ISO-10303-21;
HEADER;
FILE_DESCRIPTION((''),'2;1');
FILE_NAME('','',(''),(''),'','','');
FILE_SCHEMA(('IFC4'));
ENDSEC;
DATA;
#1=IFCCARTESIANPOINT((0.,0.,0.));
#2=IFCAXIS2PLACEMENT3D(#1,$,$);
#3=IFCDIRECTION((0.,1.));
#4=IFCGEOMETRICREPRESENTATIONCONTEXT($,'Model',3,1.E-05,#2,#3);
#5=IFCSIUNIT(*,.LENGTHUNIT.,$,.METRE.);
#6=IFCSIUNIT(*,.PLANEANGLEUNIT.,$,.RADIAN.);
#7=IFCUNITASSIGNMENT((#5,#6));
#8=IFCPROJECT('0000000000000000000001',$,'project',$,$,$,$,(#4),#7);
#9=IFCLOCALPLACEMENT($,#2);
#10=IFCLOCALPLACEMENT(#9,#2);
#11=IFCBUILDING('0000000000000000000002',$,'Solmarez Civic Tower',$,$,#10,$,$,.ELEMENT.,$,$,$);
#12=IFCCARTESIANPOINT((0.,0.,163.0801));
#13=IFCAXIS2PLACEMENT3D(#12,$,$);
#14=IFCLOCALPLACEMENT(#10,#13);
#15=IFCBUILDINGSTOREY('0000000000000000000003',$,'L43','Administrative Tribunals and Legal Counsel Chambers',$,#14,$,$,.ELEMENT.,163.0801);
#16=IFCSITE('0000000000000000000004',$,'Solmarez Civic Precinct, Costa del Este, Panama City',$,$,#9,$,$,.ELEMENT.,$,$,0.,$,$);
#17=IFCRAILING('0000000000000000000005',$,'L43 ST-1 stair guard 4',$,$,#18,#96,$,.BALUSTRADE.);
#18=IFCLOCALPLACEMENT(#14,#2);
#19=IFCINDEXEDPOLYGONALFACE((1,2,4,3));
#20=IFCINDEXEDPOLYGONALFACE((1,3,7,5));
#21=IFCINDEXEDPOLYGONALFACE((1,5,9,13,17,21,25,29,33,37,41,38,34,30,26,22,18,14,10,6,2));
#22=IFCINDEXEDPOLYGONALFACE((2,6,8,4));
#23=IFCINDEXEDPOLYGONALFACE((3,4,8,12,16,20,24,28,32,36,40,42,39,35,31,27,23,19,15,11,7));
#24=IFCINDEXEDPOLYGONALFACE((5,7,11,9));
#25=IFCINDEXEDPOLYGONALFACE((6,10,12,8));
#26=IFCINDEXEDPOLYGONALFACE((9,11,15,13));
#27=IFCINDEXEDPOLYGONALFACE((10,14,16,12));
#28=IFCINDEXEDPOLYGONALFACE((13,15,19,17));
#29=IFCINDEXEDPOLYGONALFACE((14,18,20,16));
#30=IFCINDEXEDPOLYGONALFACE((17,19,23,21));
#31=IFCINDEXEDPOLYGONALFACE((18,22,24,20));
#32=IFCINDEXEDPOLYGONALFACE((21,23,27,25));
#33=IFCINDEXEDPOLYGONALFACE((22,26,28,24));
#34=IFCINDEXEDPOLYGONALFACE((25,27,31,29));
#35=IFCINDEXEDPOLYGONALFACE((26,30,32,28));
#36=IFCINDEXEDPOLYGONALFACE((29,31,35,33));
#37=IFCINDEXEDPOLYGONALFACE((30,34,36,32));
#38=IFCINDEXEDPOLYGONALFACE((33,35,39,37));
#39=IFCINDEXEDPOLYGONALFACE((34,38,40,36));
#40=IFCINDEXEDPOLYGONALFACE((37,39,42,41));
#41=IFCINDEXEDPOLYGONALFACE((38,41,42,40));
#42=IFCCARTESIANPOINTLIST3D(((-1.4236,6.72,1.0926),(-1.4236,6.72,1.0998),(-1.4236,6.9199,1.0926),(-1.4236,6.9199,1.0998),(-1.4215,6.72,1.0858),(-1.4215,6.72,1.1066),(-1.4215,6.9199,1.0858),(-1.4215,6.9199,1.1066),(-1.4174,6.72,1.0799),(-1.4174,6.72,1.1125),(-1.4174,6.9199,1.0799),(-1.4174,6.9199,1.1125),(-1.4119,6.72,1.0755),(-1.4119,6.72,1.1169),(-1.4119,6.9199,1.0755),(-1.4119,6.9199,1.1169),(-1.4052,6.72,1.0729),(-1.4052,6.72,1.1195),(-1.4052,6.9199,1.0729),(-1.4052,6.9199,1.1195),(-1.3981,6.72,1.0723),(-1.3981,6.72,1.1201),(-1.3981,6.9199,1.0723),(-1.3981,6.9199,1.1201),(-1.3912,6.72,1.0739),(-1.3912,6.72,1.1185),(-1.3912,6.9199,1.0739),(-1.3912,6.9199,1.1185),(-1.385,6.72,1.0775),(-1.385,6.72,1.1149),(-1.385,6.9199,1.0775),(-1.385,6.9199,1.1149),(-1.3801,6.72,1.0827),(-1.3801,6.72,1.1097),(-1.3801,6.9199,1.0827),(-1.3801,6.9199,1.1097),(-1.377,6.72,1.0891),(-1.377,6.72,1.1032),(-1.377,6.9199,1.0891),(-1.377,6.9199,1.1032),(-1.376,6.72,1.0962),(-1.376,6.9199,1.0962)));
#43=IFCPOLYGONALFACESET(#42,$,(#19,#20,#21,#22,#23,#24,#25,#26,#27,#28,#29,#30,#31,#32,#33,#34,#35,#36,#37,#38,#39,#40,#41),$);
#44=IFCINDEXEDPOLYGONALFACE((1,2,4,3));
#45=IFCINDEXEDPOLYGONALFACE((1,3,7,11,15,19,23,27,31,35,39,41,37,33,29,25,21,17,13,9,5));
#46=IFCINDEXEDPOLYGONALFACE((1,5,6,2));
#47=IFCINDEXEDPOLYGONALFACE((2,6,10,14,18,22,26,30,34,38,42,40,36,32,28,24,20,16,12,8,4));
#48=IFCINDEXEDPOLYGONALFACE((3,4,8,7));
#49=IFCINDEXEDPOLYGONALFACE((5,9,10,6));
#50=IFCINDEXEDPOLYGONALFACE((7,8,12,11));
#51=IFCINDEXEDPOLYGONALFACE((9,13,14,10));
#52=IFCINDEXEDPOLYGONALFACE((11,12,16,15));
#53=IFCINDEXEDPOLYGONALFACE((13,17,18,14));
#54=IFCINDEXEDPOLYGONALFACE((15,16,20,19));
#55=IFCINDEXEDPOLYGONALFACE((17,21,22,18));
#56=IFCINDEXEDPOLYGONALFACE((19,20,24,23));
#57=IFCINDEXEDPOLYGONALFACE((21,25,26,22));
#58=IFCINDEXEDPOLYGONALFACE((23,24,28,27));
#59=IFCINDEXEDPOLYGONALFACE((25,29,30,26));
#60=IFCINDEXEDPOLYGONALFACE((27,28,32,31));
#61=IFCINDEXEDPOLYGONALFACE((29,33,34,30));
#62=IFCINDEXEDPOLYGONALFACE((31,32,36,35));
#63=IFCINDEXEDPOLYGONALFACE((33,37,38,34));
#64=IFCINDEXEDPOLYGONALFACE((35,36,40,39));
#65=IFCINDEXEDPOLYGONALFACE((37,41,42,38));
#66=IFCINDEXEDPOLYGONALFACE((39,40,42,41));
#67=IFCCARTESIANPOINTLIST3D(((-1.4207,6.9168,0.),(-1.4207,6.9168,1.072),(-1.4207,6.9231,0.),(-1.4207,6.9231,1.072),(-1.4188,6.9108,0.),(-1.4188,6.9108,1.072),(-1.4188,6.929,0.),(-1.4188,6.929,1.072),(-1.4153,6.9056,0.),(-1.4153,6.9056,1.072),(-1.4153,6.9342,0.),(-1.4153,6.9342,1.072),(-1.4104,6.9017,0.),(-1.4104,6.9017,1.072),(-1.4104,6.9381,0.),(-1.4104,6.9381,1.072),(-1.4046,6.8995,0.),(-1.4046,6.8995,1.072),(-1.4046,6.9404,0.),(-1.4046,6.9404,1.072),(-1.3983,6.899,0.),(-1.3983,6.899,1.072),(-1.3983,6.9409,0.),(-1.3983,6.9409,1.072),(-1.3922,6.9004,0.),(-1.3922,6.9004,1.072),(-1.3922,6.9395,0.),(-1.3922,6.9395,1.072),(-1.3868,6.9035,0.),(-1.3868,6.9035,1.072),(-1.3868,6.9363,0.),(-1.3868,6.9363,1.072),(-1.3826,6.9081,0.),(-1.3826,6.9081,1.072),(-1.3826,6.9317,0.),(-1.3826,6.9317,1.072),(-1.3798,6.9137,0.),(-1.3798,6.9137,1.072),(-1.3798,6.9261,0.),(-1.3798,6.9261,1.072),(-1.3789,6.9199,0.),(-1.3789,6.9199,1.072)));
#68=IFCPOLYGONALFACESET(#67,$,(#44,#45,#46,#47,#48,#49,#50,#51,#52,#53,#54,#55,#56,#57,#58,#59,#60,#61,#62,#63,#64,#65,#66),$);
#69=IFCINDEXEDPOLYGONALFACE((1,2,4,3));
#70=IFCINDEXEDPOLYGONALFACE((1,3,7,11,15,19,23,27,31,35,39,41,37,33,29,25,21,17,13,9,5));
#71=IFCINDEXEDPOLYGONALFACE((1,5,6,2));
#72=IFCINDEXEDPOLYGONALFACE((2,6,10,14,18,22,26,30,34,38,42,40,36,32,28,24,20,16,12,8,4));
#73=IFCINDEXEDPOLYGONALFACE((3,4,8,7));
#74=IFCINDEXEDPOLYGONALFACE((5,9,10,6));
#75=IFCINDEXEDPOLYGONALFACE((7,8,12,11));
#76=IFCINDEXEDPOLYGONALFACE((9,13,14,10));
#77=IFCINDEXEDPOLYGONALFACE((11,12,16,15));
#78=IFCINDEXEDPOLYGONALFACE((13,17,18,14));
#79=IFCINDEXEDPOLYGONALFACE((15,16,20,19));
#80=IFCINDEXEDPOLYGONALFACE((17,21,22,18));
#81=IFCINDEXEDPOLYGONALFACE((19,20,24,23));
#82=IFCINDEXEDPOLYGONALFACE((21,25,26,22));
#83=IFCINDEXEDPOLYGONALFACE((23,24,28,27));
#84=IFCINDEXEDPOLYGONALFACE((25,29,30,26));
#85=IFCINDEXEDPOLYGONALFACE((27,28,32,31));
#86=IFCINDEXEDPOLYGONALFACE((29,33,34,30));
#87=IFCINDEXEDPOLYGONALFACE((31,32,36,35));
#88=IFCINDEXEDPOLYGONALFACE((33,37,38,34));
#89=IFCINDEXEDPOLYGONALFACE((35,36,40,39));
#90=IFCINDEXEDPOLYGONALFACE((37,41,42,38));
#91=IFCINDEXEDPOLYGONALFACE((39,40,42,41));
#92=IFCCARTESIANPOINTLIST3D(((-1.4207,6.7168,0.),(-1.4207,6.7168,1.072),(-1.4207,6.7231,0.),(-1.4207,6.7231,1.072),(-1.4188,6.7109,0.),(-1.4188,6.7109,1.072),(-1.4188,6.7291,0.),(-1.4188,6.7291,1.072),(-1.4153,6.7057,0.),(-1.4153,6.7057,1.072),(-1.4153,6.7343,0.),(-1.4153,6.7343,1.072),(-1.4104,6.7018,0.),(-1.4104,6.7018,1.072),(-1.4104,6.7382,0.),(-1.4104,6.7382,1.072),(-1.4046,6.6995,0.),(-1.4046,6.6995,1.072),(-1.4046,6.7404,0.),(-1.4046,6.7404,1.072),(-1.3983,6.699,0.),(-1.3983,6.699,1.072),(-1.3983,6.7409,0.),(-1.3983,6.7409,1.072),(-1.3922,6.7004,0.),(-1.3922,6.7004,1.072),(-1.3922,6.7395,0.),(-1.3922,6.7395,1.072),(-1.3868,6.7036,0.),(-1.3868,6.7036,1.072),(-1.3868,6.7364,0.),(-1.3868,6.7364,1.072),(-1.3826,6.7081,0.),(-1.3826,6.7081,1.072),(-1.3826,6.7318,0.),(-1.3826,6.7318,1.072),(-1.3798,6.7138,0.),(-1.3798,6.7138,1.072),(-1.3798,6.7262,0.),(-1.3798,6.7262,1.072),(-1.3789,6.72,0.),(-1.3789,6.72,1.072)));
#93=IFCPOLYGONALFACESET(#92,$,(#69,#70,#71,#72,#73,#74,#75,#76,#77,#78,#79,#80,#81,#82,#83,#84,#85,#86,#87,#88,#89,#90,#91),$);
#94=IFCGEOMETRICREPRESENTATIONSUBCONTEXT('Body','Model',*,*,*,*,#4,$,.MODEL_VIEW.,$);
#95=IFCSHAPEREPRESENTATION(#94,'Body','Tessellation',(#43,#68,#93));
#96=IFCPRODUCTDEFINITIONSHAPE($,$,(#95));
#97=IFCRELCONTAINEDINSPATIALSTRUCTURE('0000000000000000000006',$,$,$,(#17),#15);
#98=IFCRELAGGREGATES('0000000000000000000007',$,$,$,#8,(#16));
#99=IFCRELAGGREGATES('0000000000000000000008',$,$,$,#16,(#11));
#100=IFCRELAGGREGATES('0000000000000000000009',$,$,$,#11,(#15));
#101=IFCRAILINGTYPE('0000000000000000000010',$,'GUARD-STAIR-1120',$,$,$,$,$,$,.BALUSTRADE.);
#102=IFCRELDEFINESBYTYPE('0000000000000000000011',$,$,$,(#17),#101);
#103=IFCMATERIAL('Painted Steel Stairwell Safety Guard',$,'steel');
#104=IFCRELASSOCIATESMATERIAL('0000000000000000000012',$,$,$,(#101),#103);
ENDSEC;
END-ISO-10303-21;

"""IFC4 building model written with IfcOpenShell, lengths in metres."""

from ifc_helpers import new_model, si_unit, direction, frame, origin, origin_2d, place, context, subcontext, project, spatial, circle, extrude, material, type_object, element, save


model = new_model("IFC4")

# Units and contexts
model_context = context("Model", 3, precision=1e-05, world=origin(), true_north=direction((0.0, 1.0)))
body_context = subcontext(model_context, "Body", "Model", "MODEL_VIEW")
ifc_project = project(units=[si_unit("LENGTHUNIT", "METRE"), si_unit("PLANEANGLEUNIT", "RADIAN")], contexts=[model_context])

# Site, building, storey
site_placement = place(None, origin())
site = spatial("IfcSite", under=ifc_project, at=site_placement, Name="Solmarez Civic Precinct, Costa del Este, Panama City", CompositionType="ELEMENT", RefElevation=0.0)
building_placement = place(site_placement, origin())
building = spatial("IfcBuilding", under=site, at=building_placement, Name="Solmarez Civic Tower", CompositionType="ELEMENT")
storey_placement = place(building_placement, frame((0.0, 0.0, 163.0801)))
storey = spatial("IfcBuildingStorey", under=building, at=storey_placement, Name="L43", Description="Administrative Tribunals and Legal Counsel Chambers", CompositionType="ELEMENT", Elevation=163.0801)

# Railing
ifc_material_1 = material(Name="Painted Steel Stairwell Safety Guard", Category="steel")
railing_type_1 = type_object("IfcRailingType", Name="GUARD-STAIR-1120", PredefinedType="BALUSTRADE", material=ifc_material_1)
railing_1_placement = place(storey_placement, frame((-1.3999, 6.9199, 0.0)))
element("IfcRailing", 1, at=railing_1_placement, inside=storey, type_object=railing_type_1, Name="L43 ST-1 stair guard 4", PredefinedType="BALUSTRADE", context=body_context, shape_type="SweptSolid", body=[
    extrude(circle(Radius=0.0239, at=origin_2d()), frame((0.0, 0.0, 1.0962), z_axis=(0.0, -1.0, 0.0), x_axis=(1.0, 0.0, 0.0)), (0.0, 0.0, 1.0), 0.2),
    extrude(circle(Radius=0.021, at=origin_2d()), origin(), (0.0, 0.0, 1.0), 1.072),
    extrude(circle(Radius=0.021, at=origin_2d()), frame((0.0, -0.2, 0.0)), (0.0, 0.0, 1.0), 1.072),
])

save(model, "model.ifc")
